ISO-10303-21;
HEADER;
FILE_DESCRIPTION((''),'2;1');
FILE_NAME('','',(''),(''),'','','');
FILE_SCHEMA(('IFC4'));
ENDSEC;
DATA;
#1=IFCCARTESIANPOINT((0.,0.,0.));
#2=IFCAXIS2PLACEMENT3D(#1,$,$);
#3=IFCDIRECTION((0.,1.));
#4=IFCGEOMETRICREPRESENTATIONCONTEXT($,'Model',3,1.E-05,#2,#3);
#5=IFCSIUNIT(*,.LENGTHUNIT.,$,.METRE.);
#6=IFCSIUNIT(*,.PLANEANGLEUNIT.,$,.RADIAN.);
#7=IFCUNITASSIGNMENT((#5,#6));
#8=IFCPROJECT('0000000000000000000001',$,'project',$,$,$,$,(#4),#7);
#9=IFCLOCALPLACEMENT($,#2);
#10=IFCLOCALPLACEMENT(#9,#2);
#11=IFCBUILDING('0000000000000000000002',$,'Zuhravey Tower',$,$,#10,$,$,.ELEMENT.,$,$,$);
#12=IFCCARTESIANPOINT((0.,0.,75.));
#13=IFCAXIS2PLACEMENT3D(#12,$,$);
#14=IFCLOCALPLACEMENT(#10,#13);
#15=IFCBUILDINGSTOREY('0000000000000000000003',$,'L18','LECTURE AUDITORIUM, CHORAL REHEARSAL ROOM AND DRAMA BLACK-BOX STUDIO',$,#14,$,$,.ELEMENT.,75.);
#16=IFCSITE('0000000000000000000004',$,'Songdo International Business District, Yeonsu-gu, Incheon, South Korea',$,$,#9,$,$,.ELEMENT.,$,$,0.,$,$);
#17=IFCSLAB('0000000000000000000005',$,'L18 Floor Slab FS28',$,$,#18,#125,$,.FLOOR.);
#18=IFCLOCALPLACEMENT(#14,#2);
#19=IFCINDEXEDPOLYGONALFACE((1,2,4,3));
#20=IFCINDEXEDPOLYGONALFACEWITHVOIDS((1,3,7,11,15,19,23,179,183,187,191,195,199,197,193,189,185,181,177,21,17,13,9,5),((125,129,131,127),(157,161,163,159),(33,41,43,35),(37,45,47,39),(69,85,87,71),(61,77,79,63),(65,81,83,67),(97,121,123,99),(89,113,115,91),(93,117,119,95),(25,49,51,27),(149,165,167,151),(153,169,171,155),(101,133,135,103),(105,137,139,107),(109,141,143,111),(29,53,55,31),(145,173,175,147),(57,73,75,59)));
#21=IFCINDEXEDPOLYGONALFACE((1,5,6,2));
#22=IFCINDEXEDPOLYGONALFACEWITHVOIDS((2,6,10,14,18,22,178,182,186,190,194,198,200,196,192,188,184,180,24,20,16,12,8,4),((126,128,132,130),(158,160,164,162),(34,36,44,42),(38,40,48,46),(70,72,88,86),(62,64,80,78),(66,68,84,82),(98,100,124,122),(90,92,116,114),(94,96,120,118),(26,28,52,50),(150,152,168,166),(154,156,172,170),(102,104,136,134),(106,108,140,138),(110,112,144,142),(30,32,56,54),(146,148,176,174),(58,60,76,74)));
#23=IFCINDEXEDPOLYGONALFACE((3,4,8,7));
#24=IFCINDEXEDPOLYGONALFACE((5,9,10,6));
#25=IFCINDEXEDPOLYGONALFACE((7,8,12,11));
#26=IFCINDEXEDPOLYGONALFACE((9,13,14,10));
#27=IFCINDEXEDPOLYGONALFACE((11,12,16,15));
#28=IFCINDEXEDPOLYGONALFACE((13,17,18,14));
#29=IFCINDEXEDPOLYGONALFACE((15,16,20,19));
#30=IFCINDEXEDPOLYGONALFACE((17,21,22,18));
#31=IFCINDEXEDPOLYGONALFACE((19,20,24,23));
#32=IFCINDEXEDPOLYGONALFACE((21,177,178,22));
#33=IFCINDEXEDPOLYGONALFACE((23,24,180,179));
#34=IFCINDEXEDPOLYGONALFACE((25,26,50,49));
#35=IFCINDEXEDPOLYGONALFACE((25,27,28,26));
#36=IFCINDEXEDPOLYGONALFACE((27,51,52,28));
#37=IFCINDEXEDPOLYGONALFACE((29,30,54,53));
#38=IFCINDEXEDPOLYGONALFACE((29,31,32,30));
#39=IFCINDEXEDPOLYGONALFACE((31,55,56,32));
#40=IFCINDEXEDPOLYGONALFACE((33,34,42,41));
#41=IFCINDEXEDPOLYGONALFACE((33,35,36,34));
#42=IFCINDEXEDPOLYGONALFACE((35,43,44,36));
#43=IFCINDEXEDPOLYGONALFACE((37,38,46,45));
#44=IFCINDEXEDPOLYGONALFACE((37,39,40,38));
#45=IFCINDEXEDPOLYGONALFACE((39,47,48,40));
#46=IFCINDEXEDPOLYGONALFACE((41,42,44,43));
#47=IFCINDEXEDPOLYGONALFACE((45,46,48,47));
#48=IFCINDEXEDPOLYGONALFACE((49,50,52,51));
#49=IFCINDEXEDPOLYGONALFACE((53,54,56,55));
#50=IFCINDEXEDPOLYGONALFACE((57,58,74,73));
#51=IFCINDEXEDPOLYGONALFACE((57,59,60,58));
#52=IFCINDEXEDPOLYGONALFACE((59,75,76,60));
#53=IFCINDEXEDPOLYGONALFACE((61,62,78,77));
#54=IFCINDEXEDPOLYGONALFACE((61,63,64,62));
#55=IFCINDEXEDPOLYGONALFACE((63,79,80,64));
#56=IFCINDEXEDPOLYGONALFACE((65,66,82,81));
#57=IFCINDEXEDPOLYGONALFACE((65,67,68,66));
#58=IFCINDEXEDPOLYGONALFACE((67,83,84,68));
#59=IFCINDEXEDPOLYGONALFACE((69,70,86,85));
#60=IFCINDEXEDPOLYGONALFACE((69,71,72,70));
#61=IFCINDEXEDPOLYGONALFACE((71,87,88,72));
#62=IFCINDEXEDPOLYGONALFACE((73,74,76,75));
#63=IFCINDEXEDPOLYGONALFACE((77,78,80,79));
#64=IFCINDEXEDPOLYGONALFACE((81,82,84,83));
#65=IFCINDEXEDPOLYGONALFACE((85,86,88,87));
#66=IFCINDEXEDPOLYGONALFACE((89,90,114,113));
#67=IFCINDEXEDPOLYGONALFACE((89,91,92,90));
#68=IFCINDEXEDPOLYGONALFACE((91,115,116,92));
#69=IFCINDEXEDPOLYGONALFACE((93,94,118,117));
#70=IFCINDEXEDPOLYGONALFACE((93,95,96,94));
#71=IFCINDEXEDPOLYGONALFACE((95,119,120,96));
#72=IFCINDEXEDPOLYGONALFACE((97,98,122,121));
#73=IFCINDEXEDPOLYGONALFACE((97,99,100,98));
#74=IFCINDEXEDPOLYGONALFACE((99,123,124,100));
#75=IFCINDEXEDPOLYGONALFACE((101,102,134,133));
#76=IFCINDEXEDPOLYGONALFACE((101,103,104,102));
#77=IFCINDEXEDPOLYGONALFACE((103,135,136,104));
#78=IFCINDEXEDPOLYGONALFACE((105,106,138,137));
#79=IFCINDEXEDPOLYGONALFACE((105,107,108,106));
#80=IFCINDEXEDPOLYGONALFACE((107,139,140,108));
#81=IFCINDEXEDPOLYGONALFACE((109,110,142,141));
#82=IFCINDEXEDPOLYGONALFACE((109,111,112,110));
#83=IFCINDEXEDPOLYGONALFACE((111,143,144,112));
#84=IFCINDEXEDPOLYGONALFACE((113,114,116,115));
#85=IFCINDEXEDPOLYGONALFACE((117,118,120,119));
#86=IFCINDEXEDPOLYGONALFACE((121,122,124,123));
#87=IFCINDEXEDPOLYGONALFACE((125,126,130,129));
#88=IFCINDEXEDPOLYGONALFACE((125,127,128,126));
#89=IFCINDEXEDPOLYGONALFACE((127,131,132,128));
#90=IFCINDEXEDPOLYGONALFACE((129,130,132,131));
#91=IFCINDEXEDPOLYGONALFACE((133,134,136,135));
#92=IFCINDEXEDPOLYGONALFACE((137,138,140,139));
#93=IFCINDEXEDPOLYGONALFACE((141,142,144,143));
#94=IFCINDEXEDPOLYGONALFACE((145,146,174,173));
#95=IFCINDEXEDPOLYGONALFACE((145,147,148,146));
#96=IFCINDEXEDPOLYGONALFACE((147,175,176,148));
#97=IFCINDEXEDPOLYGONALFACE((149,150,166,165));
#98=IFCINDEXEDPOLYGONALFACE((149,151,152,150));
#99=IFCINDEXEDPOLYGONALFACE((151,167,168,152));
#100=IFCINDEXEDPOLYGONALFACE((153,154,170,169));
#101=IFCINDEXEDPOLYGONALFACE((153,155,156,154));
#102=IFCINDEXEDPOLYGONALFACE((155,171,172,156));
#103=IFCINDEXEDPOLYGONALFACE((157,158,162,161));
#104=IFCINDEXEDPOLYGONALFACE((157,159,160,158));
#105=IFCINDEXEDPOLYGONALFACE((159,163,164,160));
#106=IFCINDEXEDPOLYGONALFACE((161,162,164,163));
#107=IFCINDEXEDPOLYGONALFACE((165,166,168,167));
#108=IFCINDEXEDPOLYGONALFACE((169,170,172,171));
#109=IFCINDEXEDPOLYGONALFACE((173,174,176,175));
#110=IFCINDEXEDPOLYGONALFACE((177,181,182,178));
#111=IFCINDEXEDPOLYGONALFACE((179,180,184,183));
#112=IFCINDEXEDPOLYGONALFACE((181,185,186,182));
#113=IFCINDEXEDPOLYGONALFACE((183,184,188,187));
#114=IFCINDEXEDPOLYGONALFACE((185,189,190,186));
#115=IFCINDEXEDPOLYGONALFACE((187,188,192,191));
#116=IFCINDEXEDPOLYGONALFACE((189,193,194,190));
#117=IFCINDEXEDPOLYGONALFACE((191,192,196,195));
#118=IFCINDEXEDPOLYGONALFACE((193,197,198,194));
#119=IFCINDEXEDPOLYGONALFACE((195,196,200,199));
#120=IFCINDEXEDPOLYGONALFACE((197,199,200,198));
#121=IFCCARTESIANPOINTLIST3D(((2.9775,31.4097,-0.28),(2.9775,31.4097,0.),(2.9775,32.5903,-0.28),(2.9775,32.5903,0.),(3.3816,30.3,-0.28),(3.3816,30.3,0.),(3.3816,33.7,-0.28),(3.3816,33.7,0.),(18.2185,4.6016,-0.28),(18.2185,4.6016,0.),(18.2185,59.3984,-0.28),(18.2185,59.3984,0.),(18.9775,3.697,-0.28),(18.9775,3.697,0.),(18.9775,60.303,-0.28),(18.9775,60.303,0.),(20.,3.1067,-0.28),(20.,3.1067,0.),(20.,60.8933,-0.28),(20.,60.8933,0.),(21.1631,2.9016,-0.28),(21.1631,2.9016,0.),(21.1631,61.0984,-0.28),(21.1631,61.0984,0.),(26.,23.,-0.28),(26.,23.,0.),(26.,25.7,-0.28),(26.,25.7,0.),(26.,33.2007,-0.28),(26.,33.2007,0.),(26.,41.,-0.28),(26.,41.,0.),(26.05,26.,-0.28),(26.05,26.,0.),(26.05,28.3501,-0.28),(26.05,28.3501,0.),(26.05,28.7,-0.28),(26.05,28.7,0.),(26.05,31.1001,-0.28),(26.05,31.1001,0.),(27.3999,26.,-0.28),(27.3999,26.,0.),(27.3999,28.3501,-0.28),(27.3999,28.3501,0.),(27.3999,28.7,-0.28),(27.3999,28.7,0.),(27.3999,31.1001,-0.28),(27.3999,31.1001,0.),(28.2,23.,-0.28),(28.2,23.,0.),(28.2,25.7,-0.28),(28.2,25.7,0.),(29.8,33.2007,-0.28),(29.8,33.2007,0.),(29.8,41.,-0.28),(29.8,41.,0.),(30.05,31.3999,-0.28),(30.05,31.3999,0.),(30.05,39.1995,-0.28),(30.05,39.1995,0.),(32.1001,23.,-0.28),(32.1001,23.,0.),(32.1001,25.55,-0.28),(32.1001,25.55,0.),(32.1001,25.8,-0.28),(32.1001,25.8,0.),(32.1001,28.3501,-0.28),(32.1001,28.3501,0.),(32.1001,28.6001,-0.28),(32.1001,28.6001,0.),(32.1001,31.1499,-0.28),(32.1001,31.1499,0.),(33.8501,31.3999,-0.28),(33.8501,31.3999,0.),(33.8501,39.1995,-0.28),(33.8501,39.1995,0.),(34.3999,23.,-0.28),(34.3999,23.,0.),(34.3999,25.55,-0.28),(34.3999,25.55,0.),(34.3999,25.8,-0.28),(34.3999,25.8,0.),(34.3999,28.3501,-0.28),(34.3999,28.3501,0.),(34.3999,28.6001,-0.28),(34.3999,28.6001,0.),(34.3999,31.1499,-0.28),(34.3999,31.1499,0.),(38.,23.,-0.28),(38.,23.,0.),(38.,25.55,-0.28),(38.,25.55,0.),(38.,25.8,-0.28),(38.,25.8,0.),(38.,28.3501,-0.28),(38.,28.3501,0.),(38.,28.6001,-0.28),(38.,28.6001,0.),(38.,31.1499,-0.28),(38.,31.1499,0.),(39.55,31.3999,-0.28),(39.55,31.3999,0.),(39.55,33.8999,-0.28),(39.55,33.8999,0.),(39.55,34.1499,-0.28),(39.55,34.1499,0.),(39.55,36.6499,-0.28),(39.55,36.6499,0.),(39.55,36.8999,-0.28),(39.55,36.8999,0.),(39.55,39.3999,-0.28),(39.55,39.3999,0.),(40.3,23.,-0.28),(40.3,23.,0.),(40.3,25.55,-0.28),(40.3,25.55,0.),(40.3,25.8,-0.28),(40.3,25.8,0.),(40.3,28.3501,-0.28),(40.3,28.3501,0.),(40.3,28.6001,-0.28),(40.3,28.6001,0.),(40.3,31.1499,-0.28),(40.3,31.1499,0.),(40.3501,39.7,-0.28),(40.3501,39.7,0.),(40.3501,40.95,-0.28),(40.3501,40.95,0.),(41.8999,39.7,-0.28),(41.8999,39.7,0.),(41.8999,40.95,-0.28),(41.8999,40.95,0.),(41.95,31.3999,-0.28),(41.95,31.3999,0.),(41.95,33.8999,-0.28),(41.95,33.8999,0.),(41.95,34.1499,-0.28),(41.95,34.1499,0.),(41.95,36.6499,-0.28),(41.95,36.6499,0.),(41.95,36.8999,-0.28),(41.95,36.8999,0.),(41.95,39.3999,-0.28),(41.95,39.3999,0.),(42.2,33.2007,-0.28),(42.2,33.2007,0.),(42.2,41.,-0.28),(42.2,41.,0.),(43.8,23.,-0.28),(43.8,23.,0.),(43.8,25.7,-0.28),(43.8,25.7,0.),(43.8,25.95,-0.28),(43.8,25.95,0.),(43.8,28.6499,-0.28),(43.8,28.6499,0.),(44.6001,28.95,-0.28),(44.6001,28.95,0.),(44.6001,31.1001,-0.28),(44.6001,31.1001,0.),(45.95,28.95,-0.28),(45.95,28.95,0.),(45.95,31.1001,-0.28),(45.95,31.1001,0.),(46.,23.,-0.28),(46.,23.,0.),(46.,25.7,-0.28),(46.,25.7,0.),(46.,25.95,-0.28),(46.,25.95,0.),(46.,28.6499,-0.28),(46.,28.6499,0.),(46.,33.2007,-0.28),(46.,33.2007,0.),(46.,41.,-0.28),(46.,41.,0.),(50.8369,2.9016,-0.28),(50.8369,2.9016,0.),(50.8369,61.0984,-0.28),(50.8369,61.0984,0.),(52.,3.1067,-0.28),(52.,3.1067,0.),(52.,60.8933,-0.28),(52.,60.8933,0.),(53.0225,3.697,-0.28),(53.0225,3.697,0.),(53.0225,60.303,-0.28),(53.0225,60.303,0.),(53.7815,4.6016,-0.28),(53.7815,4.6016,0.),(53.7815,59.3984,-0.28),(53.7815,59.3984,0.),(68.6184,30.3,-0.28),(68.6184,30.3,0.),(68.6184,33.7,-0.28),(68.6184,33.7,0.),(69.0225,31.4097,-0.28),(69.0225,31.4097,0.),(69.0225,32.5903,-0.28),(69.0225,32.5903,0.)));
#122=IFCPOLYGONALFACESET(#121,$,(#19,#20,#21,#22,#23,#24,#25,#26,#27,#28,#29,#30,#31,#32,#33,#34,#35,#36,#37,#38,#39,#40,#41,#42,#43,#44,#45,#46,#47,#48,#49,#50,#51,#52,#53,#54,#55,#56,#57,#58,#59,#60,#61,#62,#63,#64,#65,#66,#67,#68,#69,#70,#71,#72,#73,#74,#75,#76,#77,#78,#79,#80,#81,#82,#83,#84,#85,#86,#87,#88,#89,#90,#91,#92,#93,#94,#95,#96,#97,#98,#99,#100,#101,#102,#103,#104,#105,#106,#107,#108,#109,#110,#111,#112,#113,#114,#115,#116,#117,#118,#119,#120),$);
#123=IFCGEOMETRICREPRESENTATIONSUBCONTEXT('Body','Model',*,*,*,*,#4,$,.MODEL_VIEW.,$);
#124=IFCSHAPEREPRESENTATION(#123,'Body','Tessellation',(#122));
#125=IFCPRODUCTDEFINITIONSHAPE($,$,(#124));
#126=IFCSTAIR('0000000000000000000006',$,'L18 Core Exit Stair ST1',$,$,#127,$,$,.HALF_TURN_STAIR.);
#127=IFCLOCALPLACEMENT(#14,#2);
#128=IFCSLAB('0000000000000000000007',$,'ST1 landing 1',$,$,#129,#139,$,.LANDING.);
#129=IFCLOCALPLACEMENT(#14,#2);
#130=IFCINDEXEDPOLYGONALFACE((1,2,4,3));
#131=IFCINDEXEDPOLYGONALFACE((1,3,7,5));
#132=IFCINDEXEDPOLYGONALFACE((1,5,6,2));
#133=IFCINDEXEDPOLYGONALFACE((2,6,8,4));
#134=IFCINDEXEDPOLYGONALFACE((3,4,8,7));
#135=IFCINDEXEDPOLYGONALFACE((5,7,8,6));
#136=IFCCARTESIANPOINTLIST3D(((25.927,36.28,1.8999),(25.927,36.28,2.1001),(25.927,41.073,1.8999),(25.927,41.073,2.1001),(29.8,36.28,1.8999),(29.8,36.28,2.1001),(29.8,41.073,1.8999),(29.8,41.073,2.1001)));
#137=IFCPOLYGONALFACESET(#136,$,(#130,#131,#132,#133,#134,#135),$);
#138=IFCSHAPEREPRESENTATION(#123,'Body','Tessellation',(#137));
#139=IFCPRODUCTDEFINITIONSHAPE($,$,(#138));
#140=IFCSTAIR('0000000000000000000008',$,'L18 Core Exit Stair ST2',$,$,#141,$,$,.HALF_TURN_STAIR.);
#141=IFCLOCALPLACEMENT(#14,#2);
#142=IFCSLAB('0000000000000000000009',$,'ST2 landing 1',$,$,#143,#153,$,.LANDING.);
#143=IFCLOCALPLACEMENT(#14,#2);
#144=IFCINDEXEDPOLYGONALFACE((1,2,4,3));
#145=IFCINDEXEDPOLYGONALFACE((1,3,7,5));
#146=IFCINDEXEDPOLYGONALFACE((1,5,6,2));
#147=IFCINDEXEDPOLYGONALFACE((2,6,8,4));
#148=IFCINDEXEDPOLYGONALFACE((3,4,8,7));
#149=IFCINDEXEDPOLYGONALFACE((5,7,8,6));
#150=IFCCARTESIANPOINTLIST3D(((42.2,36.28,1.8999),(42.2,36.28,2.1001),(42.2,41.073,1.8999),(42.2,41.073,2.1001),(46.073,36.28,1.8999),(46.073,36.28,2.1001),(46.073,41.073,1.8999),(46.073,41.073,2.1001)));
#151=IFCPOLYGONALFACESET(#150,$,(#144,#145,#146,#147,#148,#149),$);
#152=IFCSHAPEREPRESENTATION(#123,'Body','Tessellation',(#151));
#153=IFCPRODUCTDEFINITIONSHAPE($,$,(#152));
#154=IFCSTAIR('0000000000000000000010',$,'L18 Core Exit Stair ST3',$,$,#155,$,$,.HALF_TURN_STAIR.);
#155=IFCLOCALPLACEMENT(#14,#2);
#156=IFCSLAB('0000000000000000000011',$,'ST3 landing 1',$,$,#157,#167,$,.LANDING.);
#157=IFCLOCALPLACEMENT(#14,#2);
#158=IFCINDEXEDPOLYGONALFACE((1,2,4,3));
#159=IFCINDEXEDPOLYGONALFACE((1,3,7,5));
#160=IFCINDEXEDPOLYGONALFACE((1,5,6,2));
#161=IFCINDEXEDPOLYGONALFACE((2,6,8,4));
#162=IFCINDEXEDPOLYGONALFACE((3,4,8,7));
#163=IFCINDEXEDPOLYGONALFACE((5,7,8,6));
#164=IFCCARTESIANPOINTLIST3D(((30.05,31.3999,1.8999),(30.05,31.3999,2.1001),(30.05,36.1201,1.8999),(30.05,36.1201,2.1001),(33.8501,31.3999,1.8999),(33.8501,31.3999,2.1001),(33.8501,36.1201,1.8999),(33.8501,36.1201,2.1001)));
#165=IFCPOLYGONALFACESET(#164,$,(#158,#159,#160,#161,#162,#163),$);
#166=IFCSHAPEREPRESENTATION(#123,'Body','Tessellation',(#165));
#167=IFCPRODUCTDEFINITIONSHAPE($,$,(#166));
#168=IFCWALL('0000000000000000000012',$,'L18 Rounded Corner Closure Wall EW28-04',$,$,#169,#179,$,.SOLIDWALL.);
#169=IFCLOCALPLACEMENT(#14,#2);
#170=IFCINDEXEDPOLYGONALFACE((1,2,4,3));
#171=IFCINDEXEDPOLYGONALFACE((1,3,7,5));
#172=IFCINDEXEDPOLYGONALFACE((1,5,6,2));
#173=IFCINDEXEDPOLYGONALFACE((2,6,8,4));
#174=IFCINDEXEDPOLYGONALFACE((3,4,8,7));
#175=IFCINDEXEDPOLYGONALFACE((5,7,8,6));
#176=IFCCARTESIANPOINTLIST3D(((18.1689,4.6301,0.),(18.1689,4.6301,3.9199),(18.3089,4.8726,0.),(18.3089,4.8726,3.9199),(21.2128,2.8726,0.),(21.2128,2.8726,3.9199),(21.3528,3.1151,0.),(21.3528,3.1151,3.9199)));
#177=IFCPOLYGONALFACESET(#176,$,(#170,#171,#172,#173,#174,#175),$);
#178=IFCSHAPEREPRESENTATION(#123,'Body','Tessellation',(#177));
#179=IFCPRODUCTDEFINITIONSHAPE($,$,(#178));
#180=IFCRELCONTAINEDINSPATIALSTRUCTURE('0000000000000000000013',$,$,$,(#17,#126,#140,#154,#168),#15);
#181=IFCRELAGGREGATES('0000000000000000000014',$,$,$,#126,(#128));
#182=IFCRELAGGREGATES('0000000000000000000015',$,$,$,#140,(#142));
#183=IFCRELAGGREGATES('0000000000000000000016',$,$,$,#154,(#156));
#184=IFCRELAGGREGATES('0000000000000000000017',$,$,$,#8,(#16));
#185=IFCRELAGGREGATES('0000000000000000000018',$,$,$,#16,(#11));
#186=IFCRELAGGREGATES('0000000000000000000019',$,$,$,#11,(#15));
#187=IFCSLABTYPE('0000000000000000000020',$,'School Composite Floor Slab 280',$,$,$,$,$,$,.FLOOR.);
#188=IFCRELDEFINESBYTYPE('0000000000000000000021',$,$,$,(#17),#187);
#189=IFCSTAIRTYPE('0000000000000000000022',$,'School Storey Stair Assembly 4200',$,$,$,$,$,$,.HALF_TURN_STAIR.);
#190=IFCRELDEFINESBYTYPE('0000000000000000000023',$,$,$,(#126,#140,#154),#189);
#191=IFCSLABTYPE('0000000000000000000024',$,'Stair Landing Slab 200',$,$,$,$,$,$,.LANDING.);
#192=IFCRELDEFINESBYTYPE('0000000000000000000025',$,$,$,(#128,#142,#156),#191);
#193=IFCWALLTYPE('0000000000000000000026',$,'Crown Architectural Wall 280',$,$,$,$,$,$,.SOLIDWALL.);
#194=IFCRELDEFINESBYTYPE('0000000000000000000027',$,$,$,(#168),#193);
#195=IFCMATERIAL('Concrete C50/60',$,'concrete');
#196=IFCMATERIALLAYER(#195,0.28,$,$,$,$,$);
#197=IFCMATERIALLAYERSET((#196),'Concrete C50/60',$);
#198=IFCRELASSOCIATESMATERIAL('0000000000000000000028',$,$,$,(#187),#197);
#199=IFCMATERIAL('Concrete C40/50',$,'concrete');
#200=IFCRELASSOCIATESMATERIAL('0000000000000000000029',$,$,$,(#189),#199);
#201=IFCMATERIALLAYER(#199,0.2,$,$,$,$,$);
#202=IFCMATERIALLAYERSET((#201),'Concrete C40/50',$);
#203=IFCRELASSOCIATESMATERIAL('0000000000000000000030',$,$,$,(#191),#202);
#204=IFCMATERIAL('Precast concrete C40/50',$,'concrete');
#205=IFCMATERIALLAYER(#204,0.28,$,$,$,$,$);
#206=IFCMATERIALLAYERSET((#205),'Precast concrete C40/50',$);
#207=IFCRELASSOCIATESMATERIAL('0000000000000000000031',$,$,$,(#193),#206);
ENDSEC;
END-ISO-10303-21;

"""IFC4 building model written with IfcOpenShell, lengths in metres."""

from ifc_helpers import new_model, si_unit, direction, frame, frame_2d, origin, place, context, subcontext, project, spatial, polyline, rectangle, outline, extrude, material, layer, layer_set, type_object, element, aggregate, save


model = new_model("IFC4")

# Units and contexts
model_context = context("Model", 3, precision=1e-05, world=origin(), true_north=direction((0.0, 1.0)))
body_context = subcontext(model_context, "Body", "Model", "MODEL_VIEW")
ifc_project = project(units=[si_unit("LENGTHUNIT", "METRE"), si_unit("PLANEANGLEUNIT", "RADIAN")], contexts=[model_context])

# Site, building, storey
site_placement = place(None, origin())
site = spatial("IfcSite", under=ifc_project, at=site_placement, Name="Songdo International Business District, Yeonsu-gu, Incheon, South Korea", CompositionType="ELEMENT", RefElevation=0.0)
building_placement = place(site_placement, origin())
building = spatial("IfcBuilding", under=site, at=building_placement, Name="Zuhravey Tower", CompositionType="ELEMENT")
storey_placement = place(building_placement, frame((0.0, 0.0, 75.0)))
storey = spatial("IfcBuildingStorey", under=building, at=storey_placement, Name="L18", Description="LECTURE AUDITORIUM, CHORAL REHEARSAL ROOM AND DRAMA BLACK-BOX STUDIO", CompositionType="ELEMENT", Elevation=75.0)

# Slab
ifc_material_1 = material(Name="Concrete C50/60", Category="concrete")
ifc_layer_1 = layer(ifc_material_1, 0.28)
ifc_layer_set_1 = layer_set([ifc_layer_1], Name="Concrete C50/60")
slab_type_1 = type_object("IfcSlabType", Name="School Composite Floor Slab 280", PredefinedType="FLOOR", material=ifc_layer_set_1)
slab_1_placement = place(storey_placement, frame((0.0, 0.0, -0.28)))
element("IfcSlab", 1, at=slab_1_placement, inside=storey, type_object=slab_type_1, Name="L18 Floor Slab FS28", PredefinedType="FLOOR", context=body_context, shape_type="SweptSolid", body=[
    extrude(outline(polyline([(68.6184, 30.3), (69.0225, 31.4097), (69.0225, 32.5903), (68.6184, 33.7), (53.7815, 59.3984), (53.0225, 60.303), (52.0, 60.8933), (50.8369, 61.0984), (21.1631, 61.0984), (20.0, 60.8933), (18.9775, 60.303), (18.2185, 59.3984), (3.3816, 33.7), (2.9775, 32.5903), (2.9775, 31.4097), (3.3816, 30.3), (18.2185, 4.6016), (18.9775, 3.697), (20.0, 3.1067), (21.1631, 2.9016), (50.8369, 2.9016), (52.0, 3.1067), (53.0225, 3.697), (53.7815, 4.6016), (68.6184, 30.3)]), holes=[polyline([(29.8, 33.2007), (29.8, 41.0), (26.0, 41.0), (26.0, 33.2007), (29.8, 33.2007)]), polyline([(46.0, 33.2007), (46.0, 41.0), (42.2, 41.0), (42.2, 33.2007), (46.0, 33.2007)]), polyline([(30.05, 39.1995), (30.05, 31.3999), (33.8501, 31.3999), (33.8501, 39.1995), (30.05, 39.1995)]), polyline([(32.1001, 23.0), (34.3999, 23.0), (34.3999, 25.55), (32.1001, 25.55), (32.1001, 23.0)]), polyline([(32.1001, 25.8), (34.3999, 25.8), (34.3999, 28.3501), (32.1001, 28.3501), (32.1001, 25.8)]), polyline([(32.1001, 28.6001), (34.3999, 28.6001), (34.3999, 31.1499), (32.1001, 31.1499), (32.1001, 28.6001)]), polyline([(38.0, 23.0), (40.3, 23.0), (40.3, 25.55), (38.0, 25.55), (38.0, 23.0)]), polyline([(38.0, 25.8), (40.3, 25.8), (40.3, 28.3501), (38.0, 28.3501), (38.0, 25.8)]), polyline([(38.0, 28.6001), (40.3, 28.6001), (40.3, 31.1499), (38.0, 31.1499), (38.0, 28.6001)]), polyline([(39.55, 31.3999), (41.95, 31.3999), (41.95, 33.8999), (39.55, 33.8999), (39.55, 31.3999)]), polyline([(39.55, 34.1499), (41.95, 34.1499), (41.95, 36.6499), (39.55, 36.6499), (39.55, 34.1499)]), polyline([(39.55, 36.8999), (41.95, 36.8999), (41.95, 39.3999), (39.55, 39.3999), (39.55, 36.8999)]), polyline([(26.0, 23.0), (28.2, 23.0), (28.2, 25.7), (26.0, 25.7), (26.0, 23.0)]), polyline([(43.8, 23.0), (46.0, 23.0), (46.0, 25.7), (43.8, 25.7), (43.8, 23.0)]), polyline([(43.8, 25.95), (46.0, 25.95), (46.0, 28.6499), (43.8, 28.6499), (43.8, 25.95)]), polyline([(26.05, 26.0), (27.3999, 26.0), (27.3999, 28.3501), (26.05, 28.3501), (26.05, 26.0)]), polyline([(26.05, 28.7), (27.3999, 28.7), (27.3999, 31.1001), (26.05, 31.1001), (26.05, 28.7)]), polyline([(44.6001, 28.95), (45.95, 28.95), (45.95, 31.1001), (44.6001, 31.1001), (44.6001, 28.95)]), polyline([(40.3501, 39.7), (41.8999, 39.7), (41.8999, 40.95), (40.3501, 40.95), (40.3501, 39.7)])]), origin(), (0.0, 0.0, 1.0), 0.28),
])

# Stairs, slabs
ifc_material_2 = material(Name="Concrete C40/50", Category="concrete")
stair_type = type_object("IfcStairType", Name="School Storey Stair Assembly 4200", PredefinedType="HALF_TURN_STAIR", material=ifc_material_2)
stair_1_placement = place(storey_placement, origin())
stair_1 = element("IfcStair", 2, at=stair_1_placement, inside=storey, type_object=stair_type, Name="L18 Core Exit Stair ST1", PredefinedType="HALF_TURN_STAIR")
ifc_layer_2 = layer(ifc_material_2, 0.2)
ifc_layer_set_2 = layer_set([ifc_layer_2], Name="Concrete C40/50")
slab_type_2 = type_object("IfcSlabType", Name="Stair Landing Slab 200", PredefinedType="LANDING", material=ifc_layer_set_2)
slab_2_placement = place(storey_placement, frame((0.0, 0.0, 1.8999)))
slab_2 = element("IfcSlab", 3, at=slab_2_placement, type_object=slab_type_2, Name="ST1 landing 1", PredefinedType="LANDING", context=body_context, shape_type="SweptSolid", body=[
    extrude(outline(polyline([(29.8, 36.28), (29.8, 41.073), (25.927, 41.073), (25.927, 36.28), (29.8, 36.28)])), origin(), (0.0, 0.0, 1.0), 0.2002),
])
aggregate(stair_1, [slab_2])
stair_2_placement = place(storey_placement, origin())
stair_2 = element("IfcStair", 4, at=stair_2_placement, inside=storey, type_object=stair_type, Name="L18 Core Exit Stair ST2", PredefinedType="HALF_TURN_STAIR")
slab_3_placement = place(storey_placement, frame((0.0, 0.0, 1.8999)))
slab_3 = element("IfcSlab", 5, at=slab_3_placement, type_object=slab_type_2, Name="ST2 landing 1", PredefinedType="LANDING", context=body_context, shape_type="SweptSolid", body=[
    extrude(outline(polyline([(46.073, 36.28), (46.073, 41.073), (42.2, 41.073), (42.2, 36.28), (46.073, 36.28)])), origin(), (0.0, 0.0, 1.0), 0.2002),
])
aggregate(stair_2, [slab_3])
stair_3_placement = place(storey_placement, origin())
stair_3 = element("IfcStair", 6, at=stair_3_placement, inside=storey, type_object=stair_type, Name="L18 Core Exit Stair ST3", PredefinedType="HALF_TURN_STAIR")
slab_4_placement = place(storey_placement, frame((0.0, 0.0, 1.8999)))
slab_4 = element("IfcSlab", 7, at=slab_4_placement, type_object=slab_type_2, Name="ST3 landing 1", PredefinedType="LANDING", context=body_context, shape_type="SweptSolid", body=[
    extrude(outline(polyline([(30.05, 36.1201), (30.05, 31.3999), (33.8501, 31.3999), (33.8501, 36.1201), (30.05, 36.1201)])), origin(), (0.0, 0.0, 1.0), 0.2002),
])
aggregate(stair_3, [slab_4])

# Wall
ifc_material_3 = material(Name="Precast concrete C40/50", Category="concrete")
ifc_layer_3 = layer(ifc_material_3, 0.28)
ifc_layer_set_3 = layer_set([ifc_layer_3], Name="Precast concrete C40/50")
wall_type = type_object("IfcWallType", Name="Crown Architectural Wall 280", PredefinedType="SOLIDWALL", material=ifc_layer_set_3)
wall_1_placement = place(storey_placement, frame((21.2827, 2.9939, 0.0), z_axis=(0.0, 0.0, 1.0), x_axis=(-0.866007, 0.500031, 0.0)))
element("IfcWall", 8, at=wall_1_placement, inside=storey, type_object=wall_type, Name="L18 Rounded Corner Closure Wall EW28-04", PredefinedType="SOLIDWALL", context=body_context, shape_type="SweptSolid", body=[
    extrude(rectangle(XDim=3.5149, YDim=0.28, at=frame_2d((1.7573, 0.0))), origin(), (0.0, 0.0, 1.0), 3.9199),
])

save(model, "model.ifc")
